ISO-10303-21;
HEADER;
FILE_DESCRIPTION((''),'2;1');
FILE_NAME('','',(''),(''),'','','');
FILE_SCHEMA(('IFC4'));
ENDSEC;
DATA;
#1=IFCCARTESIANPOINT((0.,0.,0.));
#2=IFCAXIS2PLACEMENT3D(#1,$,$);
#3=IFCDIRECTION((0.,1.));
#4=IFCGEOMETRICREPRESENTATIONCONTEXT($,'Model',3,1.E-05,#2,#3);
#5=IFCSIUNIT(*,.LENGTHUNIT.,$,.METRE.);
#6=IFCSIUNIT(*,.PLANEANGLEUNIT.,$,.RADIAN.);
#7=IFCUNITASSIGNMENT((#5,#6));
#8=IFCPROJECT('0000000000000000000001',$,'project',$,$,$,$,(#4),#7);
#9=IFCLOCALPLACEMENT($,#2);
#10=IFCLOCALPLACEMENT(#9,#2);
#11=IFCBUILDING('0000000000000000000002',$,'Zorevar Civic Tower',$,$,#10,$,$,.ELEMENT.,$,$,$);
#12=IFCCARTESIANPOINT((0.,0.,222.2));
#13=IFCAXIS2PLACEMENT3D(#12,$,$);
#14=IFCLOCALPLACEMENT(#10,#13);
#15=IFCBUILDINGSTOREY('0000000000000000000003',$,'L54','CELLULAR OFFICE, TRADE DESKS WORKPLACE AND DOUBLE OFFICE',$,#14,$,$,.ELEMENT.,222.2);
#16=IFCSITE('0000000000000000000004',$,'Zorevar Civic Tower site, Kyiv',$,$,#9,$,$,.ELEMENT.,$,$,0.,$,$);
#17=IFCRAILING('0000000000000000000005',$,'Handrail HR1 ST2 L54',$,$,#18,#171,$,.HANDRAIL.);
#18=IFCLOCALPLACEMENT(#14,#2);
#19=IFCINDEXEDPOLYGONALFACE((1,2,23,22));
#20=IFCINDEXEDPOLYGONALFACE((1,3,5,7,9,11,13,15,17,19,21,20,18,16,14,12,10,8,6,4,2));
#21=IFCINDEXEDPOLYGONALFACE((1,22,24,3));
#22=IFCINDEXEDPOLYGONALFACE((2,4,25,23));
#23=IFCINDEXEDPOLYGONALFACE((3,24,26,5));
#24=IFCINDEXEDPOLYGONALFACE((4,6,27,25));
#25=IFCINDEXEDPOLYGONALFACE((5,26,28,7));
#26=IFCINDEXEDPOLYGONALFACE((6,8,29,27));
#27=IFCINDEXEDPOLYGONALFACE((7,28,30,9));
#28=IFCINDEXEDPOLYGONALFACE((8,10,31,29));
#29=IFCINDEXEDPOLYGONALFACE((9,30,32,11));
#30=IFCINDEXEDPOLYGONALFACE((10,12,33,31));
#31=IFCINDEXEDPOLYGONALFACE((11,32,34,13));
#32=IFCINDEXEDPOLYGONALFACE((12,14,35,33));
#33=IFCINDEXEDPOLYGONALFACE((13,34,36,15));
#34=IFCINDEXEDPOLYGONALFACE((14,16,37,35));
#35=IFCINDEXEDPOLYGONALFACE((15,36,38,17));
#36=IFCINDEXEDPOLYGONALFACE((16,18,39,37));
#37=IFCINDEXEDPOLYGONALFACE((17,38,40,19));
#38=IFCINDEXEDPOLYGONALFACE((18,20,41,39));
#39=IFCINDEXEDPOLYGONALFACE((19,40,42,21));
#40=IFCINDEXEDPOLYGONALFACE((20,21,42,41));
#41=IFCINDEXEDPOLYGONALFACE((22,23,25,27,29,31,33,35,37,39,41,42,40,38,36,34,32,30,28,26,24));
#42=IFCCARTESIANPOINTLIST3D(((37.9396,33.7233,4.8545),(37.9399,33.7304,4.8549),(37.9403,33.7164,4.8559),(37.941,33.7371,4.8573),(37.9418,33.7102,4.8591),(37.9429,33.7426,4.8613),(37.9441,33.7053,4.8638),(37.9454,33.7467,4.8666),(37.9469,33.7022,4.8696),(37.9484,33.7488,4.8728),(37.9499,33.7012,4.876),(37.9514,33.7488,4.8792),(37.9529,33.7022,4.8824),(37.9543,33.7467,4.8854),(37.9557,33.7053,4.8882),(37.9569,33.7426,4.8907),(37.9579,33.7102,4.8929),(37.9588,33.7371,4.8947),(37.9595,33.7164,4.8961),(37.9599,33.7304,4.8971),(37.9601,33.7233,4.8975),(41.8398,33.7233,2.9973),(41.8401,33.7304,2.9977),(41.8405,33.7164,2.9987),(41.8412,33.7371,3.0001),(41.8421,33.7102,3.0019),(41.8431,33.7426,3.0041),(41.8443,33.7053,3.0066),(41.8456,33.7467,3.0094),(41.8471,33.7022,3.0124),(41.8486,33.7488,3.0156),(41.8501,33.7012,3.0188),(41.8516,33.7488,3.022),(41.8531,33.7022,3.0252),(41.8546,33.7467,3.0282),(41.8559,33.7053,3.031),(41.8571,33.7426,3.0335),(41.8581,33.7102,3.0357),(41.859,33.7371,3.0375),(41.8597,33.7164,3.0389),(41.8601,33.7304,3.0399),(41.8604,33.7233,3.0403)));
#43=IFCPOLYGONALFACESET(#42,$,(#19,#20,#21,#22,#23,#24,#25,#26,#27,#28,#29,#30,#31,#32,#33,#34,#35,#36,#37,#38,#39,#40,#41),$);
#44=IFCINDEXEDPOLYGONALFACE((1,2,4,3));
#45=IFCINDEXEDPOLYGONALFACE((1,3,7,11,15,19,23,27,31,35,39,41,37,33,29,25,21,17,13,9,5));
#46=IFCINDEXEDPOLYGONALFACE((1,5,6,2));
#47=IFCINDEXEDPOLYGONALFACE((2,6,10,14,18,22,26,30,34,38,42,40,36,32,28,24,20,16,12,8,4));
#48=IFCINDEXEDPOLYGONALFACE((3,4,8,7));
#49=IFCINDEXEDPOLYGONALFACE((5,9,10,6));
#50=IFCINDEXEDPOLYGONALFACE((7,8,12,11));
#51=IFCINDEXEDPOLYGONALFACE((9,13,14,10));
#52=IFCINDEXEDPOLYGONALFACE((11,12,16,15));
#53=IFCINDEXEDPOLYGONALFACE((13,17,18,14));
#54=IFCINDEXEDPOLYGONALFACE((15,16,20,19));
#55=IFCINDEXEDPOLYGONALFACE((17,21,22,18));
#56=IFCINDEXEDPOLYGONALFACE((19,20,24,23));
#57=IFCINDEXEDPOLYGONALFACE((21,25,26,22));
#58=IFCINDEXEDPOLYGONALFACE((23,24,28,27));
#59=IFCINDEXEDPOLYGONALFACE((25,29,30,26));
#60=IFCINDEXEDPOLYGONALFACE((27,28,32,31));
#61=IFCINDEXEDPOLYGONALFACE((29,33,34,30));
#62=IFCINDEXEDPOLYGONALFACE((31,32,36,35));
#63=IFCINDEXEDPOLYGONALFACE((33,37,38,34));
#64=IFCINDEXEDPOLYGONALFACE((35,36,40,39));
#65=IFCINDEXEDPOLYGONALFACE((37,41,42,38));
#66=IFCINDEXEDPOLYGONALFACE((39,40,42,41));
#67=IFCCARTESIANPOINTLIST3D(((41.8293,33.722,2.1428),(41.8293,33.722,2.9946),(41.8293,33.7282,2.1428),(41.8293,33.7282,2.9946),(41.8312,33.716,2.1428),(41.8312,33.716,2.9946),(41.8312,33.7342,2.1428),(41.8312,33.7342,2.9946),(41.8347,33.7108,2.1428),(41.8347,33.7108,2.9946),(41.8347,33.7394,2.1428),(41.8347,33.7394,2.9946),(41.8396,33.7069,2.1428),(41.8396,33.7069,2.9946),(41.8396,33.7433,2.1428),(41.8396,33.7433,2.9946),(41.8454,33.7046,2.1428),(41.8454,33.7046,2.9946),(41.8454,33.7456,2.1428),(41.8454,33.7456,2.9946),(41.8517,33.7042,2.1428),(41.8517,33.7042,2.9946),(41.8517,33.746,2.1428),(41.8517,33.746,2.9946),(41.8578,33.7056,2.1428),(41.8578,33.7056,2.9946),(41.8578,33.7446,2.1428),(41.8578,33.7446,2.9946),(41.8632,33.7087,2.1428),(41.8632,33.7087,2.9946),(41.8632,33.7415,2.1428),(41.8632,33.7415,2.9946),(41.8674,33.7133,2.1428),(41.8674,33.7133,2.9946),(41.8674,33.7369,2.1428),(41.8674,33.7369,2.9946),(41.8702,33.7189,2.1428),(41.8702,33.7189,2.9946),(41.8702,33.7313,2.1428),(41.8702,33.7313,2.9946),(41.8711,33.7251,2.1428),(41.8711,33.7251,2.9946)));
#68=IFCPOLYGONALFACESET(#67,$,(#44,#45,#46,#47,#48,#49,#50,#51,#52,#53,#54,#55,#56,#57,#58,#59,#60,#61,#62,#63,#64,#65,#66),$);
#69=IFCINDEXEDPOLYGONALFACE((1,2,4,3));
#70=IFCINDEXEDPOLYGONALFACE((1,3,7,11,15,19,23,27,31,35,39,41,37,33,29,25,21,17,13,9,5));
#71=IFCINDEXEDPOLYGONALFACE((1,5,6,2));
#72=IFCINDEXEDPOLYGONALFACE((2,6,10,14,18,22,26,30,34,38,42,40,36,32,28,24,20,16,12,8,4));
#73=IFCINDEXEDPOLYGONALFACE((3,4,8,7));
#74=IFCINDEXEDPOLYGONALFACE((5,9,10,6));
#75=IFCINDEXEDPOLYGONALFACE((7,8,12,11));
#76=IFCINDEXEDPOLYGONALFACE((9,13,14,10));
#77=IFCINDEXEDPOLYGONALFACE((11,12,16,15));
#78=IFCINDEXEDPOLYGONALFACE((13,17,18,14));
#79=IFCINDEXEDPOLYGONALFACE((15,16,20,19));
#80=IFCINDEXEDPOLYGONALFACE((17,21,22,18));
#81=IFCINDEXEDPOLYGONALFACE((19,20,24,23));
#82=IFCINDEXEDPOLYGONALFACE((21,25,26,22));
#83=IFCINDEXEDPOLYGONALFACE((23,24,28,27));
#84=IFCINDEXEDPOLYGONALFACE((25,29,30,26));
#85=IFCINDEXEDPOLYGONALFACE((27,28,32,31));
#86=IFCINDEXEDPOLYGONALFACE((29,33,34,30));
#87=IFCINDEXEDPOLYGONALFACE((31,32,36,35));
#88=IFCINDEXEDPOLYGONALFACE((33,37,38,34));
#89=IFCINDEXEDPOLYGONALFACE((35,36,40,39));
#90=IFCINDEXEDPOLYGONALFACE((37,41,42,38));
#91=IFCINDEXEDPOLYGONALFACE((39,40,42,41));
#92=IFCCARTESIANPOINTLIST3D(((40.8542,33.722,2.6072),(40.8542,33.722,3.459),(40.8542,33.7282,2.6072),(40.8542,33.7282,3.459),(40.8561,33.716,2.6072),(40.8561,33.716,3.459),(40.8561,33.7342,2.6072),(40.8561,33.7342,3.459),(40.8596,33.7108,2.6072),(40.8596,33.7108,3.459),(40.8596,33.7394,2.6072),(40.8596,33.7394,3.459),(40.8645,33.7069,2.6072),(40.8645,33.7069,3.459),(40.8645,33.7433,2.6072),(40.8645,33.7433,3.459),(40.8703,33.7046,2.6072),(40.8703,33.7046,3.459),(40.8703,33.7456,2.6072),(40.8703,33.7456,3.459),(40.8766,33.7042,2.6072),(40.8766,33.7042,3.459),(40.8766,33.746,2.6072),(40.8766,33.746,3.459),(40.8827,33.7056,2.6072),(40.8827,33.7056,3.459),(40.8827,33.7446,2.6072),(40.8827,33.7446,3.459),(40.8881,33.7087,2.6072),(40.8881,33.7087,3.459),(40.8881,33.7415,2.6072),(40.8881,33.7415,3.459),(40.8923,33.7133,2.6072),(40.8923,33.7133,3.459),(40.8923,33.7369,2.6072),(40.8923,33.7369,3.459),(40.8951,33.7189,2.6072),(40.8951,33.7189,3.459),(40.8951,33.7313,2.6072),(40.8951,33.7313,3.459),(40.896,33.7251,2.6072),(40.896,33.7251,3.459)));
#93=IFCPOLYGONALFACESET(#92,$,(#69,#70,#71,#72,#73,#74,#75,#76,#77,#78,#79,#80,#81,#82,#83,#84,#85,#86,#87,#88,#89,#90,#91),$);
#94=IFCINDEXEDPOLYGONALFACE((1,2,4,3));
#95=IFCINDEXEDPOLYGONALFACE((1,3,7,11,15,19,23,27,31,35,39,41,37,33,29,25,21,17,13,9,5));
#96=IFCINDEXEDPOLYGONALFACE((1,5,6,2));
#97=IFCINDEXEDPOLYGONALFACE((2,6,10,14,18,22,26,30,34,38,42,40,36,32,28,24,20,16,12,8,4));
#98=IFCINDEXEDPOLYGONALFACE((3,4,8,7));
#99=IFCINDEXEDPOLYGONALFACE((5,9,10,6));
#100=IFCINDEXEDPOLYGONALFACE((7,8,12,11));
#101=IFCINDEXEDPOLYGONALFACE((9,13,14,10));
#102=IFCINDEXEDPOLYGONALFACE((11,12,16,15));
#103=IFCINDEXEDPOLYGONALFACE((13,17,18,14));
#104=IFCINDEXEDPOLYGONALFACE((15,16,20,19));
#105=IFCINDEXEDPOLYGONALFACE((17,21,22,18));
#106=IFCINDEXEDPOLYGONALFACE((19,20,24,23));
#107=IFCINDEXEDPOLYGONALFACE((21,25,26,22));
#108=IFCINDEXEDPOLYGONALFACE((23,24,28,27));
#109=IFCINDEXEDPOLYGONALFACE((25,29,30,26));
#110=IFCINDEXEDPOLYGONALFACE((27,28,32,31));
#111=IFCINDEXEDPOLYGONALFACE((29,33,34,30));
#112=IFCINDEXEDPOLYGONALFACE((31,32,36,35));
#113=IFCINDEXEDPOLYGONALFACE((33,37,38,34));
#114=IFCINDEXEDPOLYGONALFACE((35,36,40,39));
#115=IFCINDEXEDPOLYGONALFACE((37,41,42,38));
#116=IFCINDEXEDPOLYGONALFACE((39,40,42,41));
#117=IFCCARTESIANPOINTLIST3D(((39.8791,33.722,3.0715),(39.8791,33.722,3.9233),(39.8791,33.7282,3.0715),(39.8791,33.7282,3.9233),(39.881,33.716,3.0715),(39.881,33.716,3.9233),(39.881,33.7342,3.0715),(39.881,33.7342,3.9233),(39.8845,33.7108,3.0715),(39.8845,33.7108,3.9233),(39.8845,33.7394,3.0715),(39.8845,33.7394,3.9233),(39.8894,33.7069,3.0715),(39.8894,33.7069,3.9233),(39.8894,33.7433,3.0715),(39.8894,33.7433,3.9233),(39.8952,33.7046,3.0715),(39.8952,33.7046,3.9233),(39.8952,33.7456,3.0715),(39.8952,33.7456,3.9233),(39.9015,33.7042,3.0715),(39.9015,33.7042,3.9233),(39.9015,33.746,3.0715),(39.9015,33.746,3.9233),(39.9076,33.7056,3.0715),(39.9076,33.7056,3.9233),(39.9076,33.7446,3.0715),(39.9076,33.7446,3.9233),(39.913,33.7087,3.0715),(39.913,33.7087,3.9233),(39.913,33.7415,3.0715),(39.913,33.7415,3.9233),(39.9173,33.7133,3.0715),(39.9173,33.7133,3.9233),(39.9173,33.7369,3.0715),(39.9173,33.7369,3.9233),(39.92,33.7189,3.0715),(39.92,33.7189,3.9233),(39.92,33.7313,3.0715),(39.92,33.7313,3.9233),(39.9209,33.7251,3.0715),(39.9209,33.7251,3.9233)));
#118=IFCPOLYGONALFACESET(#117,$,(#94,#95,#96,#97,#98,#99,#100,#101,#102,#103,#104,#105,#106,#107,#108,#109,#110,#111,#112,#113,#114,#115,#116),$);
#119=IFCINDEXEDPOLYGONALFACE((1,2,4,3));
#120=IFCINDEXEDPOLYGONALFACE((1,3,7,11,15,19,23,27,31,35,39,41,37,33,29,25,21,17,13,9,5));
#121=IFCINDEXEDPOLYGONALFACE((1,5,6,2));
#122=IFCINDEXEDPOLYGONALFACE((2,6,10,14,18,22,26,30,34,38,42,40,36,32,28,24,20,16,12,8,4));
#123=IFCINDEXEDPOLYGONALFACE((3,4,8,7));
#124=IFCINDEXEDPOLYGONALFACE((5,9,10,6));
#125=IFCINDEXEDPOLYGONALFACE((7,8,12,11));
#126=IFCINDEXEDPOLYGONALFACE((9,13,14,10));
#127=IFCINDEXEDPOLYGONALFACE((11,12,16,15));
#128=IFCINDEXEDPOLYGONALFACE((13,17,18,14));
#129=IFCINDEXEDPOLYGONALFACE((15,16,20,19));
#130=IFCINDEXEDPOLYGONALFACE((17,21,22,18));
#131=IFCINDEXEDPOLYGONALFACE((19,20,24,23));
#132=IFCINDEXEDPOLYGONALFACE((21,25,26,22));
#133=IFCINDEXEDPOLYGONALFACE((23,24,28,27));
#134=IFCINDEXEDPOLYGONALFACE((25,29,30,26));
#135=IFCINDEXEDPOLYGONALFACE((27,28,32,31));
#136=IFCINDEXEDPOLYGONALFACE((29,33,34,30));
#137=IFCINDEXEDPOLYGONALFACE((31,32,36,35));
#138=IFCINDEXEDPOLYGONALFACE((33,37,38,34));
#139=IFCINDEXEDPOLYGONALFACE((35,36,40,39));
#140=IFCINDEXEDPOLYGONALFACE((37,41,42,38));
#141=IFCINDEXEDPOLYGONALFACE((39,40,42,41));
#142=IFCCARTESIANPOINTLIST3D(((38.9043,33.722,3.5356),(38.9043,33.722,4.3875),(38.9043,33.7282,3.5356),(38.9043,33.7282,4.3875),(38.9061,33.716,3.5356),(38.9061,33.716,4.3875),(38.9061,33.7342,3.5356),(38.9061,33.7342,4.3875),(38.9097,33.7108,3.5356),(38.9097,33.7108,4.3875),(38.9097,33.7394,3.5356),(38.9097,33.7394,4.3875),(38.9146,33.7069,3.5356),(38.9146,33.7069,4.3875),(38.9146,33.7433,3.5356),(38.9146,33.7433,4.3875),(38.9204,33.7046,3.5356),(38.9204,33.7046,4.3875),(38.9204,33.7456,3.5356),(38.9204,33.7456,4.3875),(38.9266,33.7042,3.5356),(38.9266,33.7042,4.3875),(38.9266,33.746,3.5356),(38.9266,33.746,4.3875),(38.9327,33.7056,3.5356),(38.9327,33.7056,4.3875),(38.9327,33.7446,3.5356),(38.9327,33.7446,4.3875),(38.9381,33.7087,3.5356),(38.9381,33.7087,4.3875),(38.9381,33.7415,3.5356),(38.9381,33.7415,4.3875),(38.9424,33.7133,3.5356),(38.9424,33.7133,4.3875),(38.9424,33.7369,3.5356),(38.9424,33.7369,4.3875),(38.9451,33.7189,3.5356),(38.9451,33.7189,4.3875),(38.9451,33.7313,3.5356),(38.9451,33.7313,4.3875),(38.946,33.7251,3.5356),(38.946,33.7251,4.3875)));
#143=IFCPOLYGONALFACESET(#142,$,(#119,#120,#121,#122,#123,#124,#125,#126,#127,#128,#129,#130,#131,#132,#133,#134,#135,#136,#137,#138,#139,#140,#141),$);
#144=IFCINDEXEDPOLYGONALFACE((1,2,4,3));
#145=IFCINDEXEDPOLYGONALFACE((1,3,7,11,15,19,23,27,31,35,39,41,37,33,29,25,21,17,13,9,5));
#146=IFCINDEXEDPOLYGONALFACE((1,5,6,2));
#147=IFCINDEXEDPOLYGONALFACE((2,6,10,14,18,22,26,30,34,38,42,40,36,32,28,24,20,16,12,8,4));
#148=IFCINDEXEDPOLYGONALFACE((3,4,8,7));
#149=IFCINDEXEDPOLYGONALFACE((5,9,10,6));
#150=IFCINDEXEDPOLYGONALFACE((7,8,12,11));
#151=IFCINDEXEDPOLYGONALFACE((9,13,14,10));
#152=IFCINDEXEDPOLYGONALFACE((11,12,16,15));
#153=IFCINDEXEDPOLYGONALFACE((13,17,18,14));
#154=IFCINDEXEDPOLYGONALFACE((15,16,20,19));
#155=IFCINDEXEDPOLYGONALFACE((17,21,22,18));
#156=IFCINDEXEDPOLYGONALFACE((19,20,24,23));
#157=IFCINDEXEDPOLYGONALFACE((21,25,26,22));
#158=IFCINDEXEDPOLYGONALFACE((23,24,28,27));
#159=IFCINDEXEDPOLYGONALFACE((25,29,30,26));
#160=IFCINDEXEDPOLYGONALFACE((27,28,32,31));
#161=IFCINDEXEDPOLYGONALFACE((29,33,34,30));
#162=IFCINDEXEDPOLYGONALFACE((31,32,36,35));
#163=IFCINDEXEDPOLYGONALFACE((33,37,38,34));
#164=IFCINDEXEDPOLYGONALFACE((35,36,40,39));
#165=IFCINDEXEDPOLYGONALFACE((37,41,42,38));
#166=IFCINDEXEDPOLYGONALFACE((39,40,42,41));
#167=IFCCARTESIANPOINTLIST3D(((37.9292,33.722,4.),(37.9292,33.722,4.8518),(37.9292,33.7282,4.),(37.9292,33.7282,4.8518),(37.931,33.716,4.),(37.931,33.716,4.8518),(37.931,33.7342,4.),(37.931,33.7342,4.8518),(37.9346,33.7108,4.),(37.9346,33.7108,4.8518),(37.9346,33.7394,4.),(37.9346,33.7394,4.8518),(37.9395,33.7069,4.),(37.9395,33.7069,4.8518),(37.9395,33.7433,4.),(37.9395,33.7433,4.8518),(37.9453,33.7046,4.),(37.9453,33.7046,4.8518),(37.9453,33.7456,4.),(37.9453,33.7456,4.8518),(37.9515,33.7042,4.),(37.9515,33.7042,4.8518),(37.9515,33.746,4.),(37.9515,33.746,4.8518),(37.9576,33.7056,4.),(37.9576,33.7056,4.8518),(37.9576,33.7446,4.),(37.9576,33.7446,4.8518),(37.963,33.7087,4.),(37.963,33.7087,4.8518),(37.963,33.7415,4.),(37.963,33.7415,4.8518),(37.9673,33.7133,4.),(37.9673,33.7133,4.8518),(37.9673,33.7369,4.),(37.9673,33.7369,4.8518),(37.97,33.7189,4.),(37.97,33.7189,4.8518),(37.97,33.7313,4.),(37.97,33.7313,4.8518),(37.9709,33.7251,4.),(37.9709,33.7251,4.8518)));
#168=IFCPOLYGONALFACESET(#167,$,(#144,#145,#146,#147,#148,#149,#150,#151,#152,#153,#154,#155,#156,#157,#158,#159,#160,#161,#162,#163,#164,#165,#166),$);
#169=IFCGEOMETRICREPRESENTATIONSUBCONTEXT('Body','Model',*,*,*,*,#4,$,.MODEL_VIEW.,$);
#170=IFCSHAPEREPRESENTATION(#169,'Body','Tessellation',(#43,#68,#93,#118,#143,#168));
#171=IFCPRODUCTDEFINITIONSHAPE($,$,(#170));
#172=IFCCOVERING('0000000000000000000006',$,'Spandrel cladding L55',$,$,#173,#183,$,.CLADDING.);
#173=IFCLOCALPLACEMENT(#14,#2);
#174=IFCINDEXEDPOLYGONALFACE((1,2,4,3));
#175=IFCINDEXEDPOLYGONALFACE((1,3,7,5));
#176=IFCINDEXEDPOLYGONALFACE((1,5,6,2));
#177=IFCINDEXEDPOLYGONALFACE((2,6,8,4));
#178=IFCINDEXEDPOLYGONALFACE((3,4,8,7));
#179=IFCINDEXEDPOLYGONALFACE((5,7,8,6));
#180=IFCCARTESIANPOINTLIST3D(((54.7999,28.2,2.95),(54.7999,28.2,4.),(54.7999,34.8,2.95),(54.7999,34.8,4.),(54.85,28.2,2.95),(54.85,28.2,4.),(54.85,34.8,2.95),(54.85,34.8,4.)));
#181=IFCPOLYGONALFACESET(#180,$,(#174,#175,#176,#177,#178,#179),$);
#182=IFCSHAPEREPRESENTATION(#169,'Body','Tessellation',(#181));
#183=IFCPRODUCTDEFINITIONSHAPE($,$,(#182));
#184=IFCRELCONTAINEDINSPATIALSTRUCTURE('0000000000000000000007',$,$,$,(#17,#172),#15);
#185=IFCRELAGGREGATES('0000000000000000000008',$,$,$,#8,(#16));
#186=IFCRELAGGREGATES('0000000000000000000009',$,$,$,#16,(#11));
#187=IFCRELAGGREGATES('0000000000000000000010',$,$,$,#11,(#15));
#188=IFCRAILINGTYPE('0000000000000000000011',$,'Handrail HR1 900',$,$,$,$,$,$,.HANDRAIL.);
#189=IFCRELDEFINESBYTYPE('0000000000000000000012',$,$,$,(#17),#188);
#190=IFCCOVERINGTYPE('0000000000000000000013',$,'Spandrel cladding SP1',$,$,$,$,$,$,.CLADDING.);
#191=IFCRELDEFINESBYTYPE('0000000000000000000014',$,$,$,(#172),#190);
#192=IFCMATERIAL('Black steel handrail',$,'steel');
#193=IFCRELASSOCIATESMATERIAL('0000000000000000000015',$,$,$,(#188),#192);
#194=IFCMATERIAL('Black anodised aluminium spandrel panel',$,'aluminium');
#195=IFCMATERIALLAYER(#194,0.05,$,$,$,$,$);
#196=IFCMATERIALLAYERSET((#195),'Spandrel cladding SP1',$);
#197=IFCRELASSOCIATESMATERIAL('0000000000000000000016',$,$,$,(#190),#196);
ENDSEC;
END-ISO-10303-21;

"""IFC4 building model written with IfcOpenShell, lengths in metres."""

from ifc_helpers import new_model, si_unit, direction, frame, frame_2d, origin, origin_2d, place, context, subcontext, project, spatial, rectangle, circle, extrude, material, layer, layer_set, type_object, element, save


model = new_model("IFC4")

# Units and contexts
model_context = context("Model", 3, precision=1e-05, world=origin(), true_north=direction((0.0, 1.0)))
body_context = subcontext(model_context, "Body", "Model", "MODEL_VIEW")
ifc_project = project(units=[si_unit("LENGTHUNIT", "METRE"), si_unit("PLANEANGLEUNIT", "RADIAN")], contexts=[model_context])

# Site, building, storey
site_placement = place(None, origin())
site = spatial("IfcSite", under=ifc_project, at=site_placement, Name="Zorevar Civic Tower site, Kyiv", CompositionType="ELEMENT", RefElevation=0.0)
building_placement = place(site_placement, origin())
building = spatial("IfcBuilding", under=site, at=building_placement, Name="Zorevar Civic Tower", CompositionType="ELEMENT")
storey_placement = place(building_placement, frame((0.0, 0.0, 222.2)))
storey = spatial("IfcBuildingStorey", under=building, at=storey_placement, Name="L54", Description="CELLULAR OFFICE, TRADE DESKS WORKPLACE AND DOUBLE OFFICE", CompositionType="ELEMENT", Elevation=222.2)

# Railing
ifc_material_1 = material(Name="Black steel handrail", Category="steel")
railing_type = type_object("IfcRailingType", Name="Handrail HR1 900", PredefinedType="HANDRAIL", material=ifc_material_1)
railing_placement = place(storey_placement, frame((41.8501, 33.7251, 2.1428)))
element("IfcRailing", 1, at=railing_placement, inside=storey, type_object=railing_type, Name="Handrail HR1 ST2 L54", PredefinedType="HANDRAIL", context=body_context, shape_type="SweptSolid", body=[
    extrude(circle(Radius=0.0239, at=origin_2d()), frame((0.0, 0.0, 0.876), z_axis=(-0.902864, 0.0, 0.429927), x_axis=(0.0, -1.0, 0.0)), (0.0, 0.0, 1.0), 4.3198),
    extrude(circle(Radius=0.021, at=origin_2d()), origin(), (0.0, 0.0, 1.0), 0.8518),
    extrude(circle(Radius=0.021, at=origin_2d()), frame((-0.9751, 0.0, 0.4644)), (0.0, 0.0, 1.0), 0.8518),
    extrude(circle(Radius=0.021, at=origin_2d()), frame((-1.9502, 0.0, 0.9287)), (0.0, 0.0, 1.0), 0.8518),
    extrude(circle(Radius=0.021, at=origin_2d()), frame((-2.925, 0.0, 1.3928)), (0.0, 0.0, 1.0), 0.8518),
    extrude(circle(Radius=0.021, at=origin_2d()), frame((-3.9001, 0.0, 1.8572)), (0.0, 0.0, 1.0), 0.8518),
])

# Covering
ifc_material_2 = material(Name="Black anodised aluminium spandrel panel", Category="aluminium")
ifc_layer_1 = layer(ifc_material_2, 0.05)
ifc_layer_set_1 = layer_set([ifc_layer_1], Name="Spandrel cladding SP1")
covering_type = type_object("IfcCoveringType", Name="Spandrel cladding SP1", PredefinedType="CLADDING", material=ifc_layer_set_1)
covering_placement = place(storey_placement, frame((54.825, 28.2, 2.95), z_axis=(0.0, 0.0, 1.0), x_axis=(0.0, 1.0, 0.0)))
element("IfcCovering", 2, at=covering_placement, inside=storey, type_object=covering_type, Name="Spandrel cladding L55", PredefinedType="CLADDING", context=body_context, shape_type="SweptSolid", body=[
    extrude(rectangle(XDim=6.6001, YDim=0.05, at=frame_2d((3.3, 0.0))), origin(), (0.0, 0.0, 1.0), 1.05),
])

save(model, "model.ifc")
